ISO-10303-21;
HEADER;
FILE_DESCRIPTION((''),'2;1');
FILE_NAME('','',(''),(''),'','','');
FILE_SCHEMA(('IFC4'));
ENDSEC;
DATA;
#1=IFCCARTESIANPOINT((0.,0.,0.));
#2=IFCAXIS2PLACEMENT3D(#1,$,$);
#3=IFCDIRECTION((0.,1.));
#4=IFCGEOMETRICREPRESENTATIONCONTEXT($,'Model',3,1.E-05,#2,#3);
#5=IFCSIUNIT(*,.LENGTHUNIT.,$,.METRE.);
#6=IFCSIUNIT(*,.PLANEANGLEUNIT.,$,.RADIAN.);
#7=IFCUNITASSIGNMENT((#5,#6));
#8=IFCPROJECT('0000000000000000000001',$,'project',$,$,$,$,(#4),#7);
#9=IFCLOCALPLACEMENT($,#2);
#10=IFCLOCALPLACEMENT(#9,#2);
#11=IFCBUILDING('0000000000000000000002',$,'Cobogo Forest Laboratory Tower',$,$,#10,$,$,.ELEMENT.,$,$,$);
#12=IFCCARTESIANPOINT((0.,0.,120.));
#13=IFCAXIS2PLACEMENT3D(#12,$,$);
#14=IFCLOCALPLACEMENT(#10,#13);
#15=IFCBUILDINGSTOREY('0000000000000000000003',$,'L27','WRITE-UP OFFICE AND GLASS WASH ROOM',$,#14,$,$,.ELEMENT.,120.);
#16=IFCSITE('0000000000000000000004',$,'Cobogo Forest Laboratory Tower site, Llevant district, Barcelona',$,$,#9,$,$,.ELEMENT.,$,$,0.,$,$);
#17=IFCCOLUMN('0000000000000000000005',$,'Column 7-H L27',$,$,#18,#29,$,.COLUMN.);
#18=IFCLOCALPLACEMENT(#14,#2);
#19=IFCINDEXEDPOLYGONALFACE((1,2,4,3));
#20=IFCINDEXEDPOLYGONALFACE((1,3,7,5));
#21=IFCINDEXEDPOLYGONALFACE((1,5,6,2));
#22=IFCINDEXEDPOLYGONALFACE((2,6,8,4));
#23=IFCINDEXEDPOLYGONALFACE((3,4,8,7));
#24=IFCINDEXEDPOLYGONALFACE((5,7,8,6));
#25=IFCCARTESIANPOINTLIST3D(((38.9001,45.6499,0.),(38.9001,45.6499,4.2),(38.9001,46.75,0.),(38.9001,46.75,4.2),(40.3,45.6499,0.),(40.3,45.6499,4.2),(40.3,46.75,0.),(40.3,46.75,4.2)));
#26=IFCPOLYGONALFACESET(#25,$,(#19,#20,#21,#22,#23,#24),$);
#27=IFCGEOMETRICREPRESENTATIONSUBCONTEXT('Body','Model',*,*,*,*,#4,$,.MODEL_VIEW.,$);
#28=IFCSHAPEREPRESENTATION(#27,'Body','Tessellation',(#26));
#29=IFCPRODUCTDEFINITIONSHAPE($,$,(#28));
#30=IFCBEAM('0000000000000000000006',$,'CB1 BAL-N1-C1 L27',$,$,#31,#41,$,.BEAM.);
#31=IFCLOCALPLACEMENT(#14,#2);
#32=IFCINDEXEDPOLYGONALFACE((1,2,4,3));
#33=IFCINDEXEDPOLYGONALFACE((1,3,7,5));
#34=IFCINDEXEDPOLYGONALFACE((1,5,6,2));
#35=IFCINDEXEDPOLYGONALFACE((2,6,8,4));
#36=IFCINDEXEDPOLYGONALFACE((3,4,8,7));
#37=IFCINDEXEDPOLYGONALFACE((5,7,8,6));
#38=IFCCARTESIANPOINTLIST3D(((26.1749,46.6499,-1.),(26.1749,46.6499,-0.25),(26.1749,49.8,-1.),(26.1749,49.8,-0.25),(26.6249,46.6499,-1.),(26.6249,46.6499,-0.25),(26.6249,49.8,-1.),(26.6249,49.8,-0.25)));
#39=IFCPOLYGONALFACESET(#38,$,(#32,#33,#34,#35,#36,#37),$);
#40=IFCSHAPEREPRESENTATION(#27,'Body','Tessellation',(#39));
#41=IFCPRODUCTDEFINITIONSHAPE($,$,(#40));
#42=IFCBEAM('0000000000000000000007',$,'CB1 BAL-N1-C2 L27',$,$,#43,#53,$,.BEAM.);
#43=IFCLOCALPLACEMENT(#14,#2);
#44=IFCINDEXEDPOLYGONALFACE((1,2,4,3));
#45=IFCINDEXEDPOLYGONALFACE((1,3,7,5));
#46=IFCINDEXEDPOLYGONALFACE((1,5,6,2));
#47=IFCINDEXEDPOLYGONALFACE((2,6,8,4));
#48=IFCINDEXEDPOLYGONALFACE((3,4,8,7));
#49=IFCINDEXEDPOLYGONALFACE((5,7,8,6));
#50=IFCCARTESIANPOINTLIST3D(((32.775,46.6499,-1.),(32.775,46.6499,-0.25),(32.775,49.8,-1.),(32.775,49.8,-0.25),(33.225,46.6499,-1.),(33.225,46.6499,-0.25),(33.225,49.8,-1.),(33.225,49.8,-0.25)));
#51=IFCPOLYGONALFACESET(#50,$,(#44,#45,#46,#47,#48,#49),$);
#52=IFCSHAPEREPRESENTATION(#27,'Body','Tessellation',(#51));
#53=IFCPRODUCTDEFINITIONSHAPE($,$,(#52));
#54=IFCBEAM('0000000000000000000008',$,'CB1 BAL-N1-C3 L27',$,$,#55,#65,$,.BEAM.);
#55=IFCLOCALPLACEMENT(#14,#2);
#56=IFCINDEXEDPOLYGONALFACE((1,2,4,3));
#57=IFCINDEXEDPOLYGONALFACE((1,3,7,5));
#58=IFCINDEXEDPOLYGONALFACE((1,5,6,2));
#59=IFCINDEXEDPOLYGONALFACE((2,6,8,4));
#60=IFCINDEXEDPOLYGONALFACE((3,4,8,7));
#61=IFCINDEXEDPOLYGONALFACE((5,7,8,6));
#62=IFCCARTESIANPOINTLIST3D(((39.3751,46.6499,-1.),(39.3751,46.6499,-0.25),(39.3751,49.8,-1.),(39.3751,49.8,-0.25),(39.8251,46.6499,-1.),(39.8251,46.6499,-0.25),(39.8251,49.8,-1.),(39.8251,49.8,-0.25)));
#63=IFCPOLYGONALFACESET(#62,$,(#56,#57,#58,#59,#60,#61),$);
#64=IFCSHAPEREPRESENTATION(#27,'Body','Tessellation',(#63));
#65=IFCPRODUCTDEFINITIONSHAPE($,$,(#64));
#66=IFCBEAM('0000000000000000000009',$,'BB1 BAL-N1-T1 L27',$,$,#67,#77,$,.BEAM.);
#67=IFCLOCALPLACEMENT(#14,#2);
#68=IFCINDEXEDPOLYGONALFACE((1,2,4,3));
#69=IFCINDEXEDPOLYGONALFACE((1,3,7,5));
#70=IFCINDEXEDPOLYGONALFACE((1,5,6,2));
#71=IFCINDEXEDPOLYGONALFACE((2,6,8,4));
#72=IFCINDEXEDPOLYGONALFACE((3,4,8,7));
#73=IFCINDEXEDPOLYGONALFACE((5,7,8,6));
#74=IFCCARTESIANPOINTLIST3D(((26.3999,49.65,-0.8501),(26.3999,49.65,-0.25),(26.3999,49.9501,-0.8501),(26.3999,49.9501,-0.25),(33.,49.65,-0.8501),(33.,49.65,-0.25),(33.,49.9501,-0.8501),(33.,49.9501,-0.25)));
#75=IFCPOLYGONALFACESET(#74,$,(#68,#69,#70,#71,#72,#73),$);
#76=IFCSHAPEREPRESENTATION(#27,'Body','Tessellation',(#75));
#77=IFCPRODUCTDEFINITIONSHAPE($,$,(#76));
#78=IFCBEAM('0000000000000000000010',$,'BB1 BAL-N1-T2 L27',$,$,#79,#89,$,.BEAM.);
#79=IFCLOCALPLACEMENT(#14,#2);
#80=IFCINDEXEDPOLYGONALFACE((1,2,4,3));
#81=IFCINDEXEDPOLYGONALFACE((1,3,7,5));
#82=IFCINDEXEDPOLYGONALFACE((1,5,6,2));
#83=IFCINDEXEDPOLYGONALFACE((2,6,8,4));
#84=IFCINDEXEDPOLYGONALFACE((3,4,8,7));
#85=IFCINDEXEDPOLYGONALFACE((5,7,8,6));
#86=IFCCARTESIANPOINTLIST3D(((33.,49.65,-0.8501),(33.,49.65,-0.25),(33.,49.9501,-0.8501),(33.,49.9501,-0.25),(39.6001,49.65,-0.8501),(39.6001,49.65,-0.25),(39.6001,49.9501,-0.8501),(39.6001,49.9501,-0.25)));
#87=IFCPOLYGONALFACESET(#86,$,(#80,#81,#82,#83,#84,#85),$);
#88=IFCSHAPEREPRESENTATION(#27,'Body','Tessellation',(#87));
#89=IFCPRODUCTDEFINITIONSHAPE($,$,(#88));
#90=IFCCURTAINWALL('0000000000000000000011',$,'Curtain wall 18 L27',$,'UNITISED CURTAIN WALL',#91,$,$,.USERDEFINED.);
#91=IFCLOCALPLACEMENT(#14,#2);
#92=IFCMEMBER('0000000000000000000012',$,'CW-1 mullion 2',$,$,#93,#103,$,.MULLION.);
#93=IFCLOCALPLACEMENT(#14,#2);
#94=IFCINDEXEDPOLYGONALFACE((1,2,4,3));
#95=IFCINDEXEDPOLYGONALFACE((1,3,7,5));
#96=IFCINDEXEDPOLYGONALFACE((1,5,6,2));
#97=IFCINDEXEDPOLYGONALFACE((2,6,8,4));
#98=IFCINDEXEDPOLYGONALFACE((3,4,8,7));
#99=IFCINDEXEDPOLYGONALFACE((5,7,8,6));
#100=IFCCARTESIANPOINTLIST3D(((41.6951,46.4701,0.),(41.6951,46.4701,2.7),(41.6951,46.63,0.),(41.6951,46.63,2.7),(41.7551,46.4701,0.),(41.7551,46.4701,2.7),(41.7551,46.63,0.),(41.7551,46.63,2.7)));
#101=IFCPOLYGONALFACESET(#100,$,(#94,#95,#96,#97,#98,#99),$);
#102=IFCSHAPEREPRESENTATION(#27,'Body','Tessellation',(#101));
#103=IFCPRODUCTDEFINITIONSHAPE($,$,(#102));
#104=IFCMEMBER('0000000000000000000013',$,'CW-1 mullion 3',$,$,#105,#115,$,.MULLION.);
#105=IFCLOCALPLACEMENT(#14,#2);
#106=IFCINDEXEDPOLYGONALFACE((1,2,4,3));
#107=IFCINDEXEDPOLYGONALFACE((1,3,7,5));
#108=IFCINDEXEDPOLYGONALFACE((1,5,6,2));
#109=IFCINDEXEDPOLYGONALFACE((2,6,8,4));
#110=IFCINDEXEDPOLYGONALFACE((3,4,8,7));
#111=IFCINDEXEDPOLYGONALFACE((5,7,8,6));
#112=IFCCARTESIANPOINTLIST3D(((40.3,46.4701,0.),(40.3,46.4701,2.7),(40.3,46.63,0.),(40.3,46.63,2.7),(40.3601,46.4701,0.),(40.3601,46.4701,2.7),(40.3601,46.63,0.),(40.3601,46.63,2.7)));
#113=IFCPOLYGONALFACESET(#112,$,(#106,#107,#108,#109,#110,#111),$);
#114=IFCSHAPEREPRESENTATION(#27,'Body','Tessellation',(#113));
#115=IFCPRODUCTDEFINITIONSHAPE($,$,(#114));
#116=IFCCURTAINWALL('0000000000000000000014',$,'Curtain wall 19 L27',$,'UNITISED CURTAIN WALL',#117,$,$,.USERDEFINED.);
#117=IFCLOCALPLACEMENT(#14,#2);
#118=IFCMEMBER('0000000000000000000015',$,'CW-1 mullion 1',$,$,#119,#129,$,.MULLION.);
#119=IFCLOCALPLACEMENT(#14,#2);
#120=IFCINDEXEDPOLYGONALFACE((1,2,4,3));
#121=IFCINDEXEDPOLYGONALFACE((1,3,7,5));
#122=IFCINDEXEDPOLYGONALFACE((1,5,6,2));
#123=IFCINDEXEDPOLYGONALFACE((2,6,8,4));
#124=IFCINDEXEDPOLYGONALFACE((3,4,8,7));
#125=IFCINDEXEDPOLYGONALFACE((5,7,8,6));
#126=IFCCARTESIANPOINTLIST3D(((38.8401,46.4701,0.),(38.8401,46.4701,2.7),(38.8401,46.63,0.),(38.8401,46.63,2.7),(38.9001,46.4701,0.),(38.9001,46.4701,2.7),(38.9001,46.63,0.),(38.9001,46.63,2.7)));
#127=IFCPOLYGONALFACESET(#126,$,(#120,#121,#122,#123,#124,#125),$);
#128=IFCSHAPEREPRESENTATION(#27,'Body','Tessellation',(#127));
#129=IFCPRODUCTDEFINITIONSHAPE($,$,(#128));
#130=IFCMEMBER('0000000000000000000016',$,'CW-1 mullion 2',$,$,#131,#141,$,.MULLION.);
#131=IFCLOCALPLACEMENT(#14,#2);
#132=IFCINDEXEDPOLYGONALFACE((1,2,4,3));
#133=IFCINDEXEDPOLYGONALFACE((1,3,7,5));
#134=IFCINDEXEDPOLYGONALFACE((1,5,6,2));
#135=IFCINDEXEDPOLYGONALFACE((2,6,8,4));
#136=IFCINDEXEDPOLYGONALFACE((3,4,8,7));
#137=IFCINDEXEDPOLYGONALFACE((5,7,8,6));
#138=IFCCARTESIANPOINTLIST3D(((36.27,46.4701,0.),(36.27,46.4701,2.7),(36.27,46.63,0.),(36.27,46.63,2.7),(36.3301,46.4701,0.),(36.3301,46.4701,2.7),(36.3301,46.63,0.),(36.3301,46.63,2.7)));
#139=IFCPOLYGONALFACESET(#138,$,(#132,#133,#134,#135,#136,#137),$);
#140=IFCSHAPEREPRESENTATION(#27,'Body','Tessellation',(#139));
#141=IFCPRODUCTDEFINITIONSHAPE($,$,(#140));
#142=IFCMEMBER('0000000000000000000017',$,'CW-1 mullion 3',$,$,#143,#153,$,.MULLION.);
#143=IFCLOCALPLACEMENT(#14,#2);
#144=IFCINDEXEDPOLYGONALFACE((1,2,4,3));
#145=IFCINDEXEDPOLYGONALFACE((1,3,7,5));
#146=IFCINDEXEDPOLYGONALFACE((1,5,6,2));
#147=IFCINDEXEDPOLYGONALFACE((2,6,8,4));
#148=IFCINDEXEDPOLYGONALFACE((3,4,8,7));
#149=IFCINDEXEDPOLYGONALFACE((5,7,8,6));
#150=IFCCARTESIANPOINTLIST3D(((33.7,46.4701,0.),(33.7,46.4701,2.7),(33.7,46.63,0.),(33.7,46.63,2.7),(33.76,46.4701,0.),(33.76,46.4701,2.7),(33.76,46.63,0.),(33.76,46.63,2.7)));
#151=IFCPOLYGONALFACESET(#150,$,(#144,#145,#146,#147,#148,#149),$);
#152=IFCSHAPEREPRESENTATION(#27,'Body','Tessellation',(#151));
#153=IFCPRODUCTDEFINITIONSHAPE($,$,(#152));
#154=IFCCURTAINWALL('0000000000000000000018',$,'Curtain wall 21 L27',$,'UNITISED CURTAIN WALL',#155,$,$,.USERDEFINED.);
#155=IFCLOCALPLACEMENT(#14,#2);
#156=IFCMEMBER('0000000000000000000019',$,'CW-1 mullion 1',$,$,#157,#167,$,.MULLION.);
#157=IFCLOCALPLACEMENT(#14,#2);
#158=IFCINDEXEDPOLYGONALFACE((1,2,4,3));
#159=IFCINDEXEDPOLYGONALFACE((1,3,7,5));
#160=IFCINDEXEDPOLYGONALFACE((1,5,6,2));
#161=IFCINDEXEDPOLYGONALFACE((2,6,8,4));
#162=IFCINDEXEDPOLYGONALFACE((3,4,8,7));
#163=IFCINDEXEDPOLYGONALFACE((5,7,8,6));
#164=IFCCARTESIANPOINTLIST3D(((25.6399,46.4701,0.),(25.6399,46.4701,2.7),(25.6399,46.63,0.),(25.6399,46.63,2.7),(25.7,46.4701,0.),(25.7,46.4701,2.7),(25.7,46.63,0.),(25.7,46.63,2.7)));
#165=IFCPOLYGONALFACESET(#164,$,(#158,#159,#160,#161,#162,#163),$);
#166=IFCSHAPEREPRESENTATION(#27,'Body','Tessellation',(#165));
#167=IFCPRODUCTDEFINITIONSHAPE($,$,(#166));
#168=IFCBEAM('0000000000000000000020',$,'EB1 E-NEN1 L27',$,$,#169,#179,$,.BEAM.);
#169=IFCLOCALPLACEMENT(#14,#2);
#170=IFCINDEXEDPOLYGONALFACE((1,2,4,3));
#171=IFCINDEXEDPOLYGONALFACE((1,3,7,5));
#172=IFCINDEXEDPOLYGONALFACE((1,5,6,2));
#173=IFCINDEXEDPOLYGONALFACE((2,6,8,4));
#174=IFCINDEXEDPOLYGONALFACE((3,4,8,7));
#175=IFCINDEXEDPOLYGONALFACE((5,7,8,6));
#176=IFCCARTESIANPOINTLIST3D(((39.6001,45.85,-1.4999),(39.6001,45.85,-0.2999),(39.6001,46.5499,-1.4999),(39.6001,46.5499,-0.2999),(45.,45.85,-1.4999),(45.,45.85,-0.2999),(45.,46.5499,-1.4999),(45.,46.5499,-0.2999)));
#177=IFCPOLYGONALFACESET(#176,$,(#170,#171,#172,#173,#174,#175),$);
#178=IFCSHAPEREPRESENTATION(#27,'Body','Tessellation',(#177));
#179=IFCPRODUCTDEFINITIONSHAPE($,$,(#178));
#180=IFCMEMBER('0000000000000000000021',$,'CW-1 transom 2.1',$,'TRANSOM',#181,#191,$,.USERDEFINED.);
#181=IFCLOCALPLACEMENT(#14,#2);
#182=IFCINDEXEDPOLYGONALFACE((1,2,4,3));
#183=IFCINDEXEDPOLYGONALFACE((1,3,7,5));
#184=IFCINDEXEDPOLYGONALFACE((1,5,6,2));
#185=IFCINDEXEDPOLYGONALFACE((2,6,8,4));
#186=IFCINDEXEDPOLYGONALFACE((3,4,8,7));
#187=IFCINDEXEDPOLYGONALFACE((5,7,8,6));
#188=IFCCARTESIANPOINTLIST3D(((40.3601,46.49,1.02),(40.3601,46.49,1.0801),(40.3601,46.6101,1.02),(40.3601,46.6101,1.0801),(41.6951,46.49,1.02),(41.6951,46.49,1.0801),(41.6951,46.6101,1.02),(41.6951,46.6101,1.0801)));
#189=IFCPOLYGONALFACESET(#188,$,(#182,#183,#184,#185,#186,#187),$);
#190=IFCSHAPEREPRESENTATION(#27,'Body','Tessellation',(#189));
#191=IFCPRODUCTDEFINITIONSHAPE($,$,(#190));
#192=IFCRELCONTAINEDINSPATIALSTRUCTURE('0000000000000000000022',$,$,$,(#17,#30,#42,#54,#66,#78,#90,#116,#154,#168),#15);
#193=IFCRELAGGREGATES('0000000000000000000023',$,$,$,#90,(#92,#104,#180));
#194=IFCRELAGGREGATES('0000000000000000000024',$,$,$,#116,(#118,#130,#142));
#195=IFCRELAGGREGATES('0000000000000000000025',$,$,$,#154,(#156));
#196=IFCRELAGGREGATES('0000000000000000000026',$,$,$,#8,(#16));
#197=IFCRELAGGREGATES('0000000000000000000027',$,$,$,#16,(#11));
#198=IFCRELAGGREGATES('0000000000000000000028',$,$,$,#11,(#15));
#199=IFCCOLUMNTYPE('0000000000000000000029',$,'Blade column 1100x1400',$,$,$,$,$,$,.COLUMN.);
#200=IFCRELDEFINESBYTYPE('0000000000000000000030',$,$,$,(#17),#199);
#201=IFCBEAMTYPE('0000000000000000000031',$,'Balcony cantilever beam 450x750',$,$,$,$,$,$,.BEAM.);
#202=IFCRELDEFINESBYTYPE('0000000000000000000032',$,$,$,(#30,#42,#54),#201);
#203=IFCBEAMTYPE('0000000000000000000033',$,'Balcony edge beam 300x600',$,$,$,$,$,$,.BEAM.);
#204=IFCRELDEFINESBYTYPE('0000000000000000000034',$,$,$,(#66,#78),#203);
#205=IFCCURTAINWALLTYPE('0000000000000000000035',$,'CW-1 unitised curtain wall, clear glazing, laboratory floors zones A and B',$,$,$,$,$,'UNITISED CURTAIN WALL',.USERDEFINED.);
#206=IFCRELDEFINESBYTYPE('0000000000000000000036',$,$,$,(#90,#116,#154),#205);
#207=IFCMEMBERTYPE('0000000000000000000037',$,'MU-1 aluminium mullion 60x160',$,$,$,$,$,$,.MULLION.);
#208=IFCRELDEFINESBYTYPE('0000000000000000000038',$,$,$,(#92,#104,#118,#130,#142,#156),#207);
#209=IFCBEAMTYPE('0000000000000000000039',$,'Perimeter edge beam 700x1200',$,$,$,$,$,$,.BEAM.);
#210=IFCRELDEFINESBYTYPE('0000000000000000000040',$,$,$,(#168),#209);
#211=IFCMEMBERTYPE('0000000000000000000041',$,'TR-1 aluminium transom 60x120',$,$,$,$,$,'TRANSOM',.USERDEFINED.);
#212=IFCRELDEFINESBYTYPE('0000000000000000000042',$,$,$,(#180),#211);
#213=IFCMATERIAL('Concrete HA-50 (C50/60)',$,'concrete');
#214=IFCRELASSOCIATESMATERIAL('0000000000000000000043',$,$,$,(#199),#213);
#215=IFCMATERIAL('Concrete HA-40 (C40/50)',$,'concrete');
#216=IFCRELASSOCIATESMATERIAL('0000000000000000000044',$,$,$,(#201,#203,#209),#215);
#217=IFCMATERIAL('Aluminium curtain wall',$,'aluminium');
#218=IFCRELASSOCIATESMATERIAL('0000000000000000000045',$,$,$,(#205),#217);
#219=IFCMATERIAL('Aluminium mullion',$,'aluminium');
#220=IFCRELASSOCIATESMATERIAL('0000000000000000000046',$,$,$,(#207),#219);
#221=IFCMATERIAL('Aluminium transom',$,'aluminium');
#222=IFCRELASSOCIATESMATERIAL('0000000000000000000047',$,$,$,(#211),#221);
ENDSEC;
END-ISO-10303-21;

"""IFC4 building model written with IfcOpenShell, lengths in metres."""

from ifc_helpers import new_model, si_unit, direction, frame, origin, origin_2d, place, context, subcontext, project, spatial, rectangle, extrude, material, material_profile, profile_set, type_object, element, aggregate, save


model = new_model("IFC4")

# Units and contexts
model_context = context("Model", 3, precision=1e-05, world=origin(), true_north=direction((0.0, 1.0)))
body_context = subcontext(model_context, "Body", "Model", "MODEL_VIEW")
ifc_project = project(units=[si_unit("LENGTHUNIT", "METRE"), si_unit("PLANEANGLEUNIT", "RADIAN")], contexts=[model_context])

# Site, building, storey
site_placement = place(None, origin())
site = spatial("IfcSite", under=ifc_project, at=site_placement, Name="Cobogo Forest Laboratory Tower site, Llevant district, Barcelona", CompositionType="ELEMENT", RefElevation=0.0)
building_placement = place(site_placement, origin())
building = spatial("IfcBuilding", under=site, at=building_placement, Name="Cobogo Forest Laboratory Tower", CompositionType="ELEMENT")
storey_placement = place(building_placement, frame((0.0, 0.0, 120.0)))
storey = spatial("IfcBuildingStorey", under=building, at=storey_placement, Name="L27", Description="WRITE-UP OFFICE AND GLASS WASH ROOM", CompositionType="ELEMENT", Elevation=120.0)

# Column
ifc_material_1 = material(Name="Concrete HA-50 (C50/60)", Category="concrete")
ifc_material_profile_1 = material_profile(ifc_material_1, rectangle(XDim=1.3999, YDim=1.1001, at=origin_2d()), Name="RC 1100x1400")
ifc_profile_set_1 = profile_set([ifc_material_profile_1], Name="Concrete HA-50 (C50/60)")
column_type = type_object("IfcColumnType", Name="Blade column 1100x1400", PredefinedType="COLUMN", material=ifc_profile_set_1)
column_placement = place(storey_placement, frame((39.6001, 46.2, 0.0), z_axis=(0.0, 0.0, 1.0), x_axis=(1.0, 0.0, 0.0)))
element("IfcColumn", 1, at=column_placement, inside=storey, type_object=column_type, Name="Column 7-H L27", PredefinedType="COLUMN", context=body_context, shape_type="SweptSolid", body=[
    extrude(rectangle(XDim=1.3999, YDim=1.1001, at=origin_2d()), origin(), (0.0, 0.0, 1.0), 4.2),
])

# Beams
ifc_material_2 = material(Name="Concrete HA-40 (C40/50)", Category="concrete")
ifc_material_profile_2 = material_profile(ifc_material_2, rectangle(XDim=0.45, YDim=0.75, at=origin_2d()), Name="RC 450x750")
ifc_profile_set_2 = profile_set([ifc_material_profile_2], Name="Concrete HA-40 (C40/50)")
beam_type_1 = type_object("IfcBeamType", Name="Balcony cantilever beam 450x750", PredefinedType="BEAM", material=ifc_profile_set_2)
for number, where, z_axis, x_axis, name in (
    (2, (26.3999, 46.6499, -0.625), (0.0, 1.0, 0.0), (-1.0, 0.0, 0.0), "CB1 BAL-N1-C1 L27"),
    (3, (33.0, 46.6499, -0.625), (0.0, 1.0, 0.0), (-1.0, 0.0, 0.0), "CB1 BAL-N1-C2 L27"),
    (4, (39.6001, 46.6499, -0.625), (0.0, 1.0, 0.0), (-1.0, 0.0, 0.0), "CB1 BAL-N1-C3 L27"),
):
    element("IfcBeam", number, at=place(storey_placement, frame(where, z_axis=z_axis, x_axis=x_axis)), inside=storey, type_object=beam_type_1, Name=name, PredefinedType="BEAM", context=body_context, shape_type="SweptSolid", body=[
        extrude(rectangle(XDim=0.45, YDim=0.75, at=origin_2d()), origin(), (0.0, 0.0, 1.0), 3.1501),
    ])
ifc_material_profile_3 = material_profile(ifc_material_2, rectangle(XDim=0.3, YDim=0.6001, at=origin_2d()), Name="RC 300x600")
ifc_profile_set_3 = profile_set([ifc_material_profile_3], Name="Concrete HA-40 (C40/50)")
beam_type_2 = type_object("IfcBeamType", Name="Balcony edge beam 300x600", PredefinedType="BEAM", material=ifc_profile_set_3)
for number, where, z_axis, x_axis, name in (
    (5, (26.3999, 49.8, -0.55), (1.0, 0.0, 0.0), (0.0, 1.0, 0.0), "BB1 BAL-N1-T1 L27"),
    (6, (33.0, 49.8, -0.55), (1.0, 0.0, 0.0), (0.0, 1.0, 0.0), "BB1 BAL-N1-T2 L27"),
):
    element("IfcBeam", number, at=place(storey_placement, frame(where, z_axis=z_axis, x_axis=x_axis)), inside=storey, type_object=beam_type_2, Name=name, PredefinedType="BEAM", context=body_context, shape_type="SweptSolid", body=[
        extrude(rectangle(XDim=0.3, YDim=0.6001, at=origin_2d()), origin(), (0.0, 0.0, 1.0), 6.6001),
    ])

# Curtain walls, members
ifc_material_3 = material(Name="Aluminium curtain wall", Category="aluminium")
curtain_wall_type = type_object("IfcCurtainWallType", Name="CW-1 unitised curtain wall, clear glazing, laboratory floors zones A and B", ElementType="UNITISED CURTAIN WALL", PredefinedType="USERDEFINED", material=ifc_material_3)
curtain_wall_1_placement = place(storey_placement, origin())
curtain_wall_1 = element("IfcCurtainWall", 7, at=curtain_wall_1_placement, inside=storey, type_object=curtain_wall_type, Name="Curtain wall 18 L27", ObjectType="UNITISED CURTAIN WALL", PredefinedType="USERDEFINED")
ifc_material_4 = material(Name="Aluminium mullion", Category="aluminium")
ifc_material_profile_4 = material_profile(ifc_material_4, rectangle(XDim=0.0601, YDim=0.1599, at=origin_2d()), Name="AL 60x160")
ifc_profile_set_4 = profile_set([ifc_material_profile_4], Name="Aluminium mullion")
member_type_1 = type_object("IfcMemberType", Name="MU-1 aluminium mullion 60x160", PredefinedType="MULLION", material=ifc_profile_set_4)
member_1_placement = place(storey_placement, frame((41.7251, 46.55, 0.0), z_axis=(0.0, 0.0, 1.0), x_axis=(-1.0, 0.0, 0.0)))
member_1 = element("IfcMember", 8, at=member_1_placement, type_object=member_type_1, Name="CW-1 mullion 2", PredefinedType="MULLION", context=body_context, shape_type="SweptSolid", body=[
    extrude(rectangle(XDim=0.0601, YDim=0.1599, at=origin_2d()), origin(), (0.0, 0.0, 1.0), 2.7),
])
member_2_placement = place(storey_placement, frame((40.3301, 46.55, 0.0), z_axis=(0.0, 0.0, 1.0), x_axis=(-1.0, 0.0, 0.0)))
member_2 = element("IfcMember", 9, at=member_2_placement, type_object=member_type_1, Name="CW-1 mullion 3", PredefinedType="MULLION", context=body_context, shape_type="SweptSolid", body=[
    extrude(rectangle(XDim=0.0601, YDim=0.1599, at=origin_2d()), origin(), (0.0, 0.0, 1.0), 2.7),
])
curtain_wall_2_placement = place(storey_placement, origin())
curtain_wall_2 = element("IfcCurtainWall", 10, at=curtain_wall_2_placement, inside=storey, type_object=curtain_wall_type, Name="Curtain wall 19 L27", ObjectType="UNITISED CURTAIN WALL", PredefinedType="USERDEFINED")
member_3_placement = place(storey_placement, frame((38.8701, 46.55, 0.0), z_axis=(0.0, 0.0, 1.0), x_axis=(-1.0, 0.0, 0.0)))
member_3 = element("IfcMember", 11, at=member_3_placement, type_object=member_type_1, Name="CW-1 mullion 1", PredefinedType="MULLION", context=body_context, shape_type="SweptSolid", body=[
    extrude(rectangle(XDim=0.0601, YDim=0.1599, at=origin_2d()), origin(), (0.0, 0.0, 1.0), 2.7),
])
member_4_placement = place(storey_placement, frame((36.3, 46.55, 0.0), z_axis=(0.0, 0.0, 1.0), x_axis=(-1.0, 0.0, 0.0)))
member_4 = element("IfcMember", 12, at=member_4_placement, type_object=member_type_1, Name="CW-1 mullion 2", PredefinedType="MULLION", context=body_context, shape_type="SweptSolid", body=[
    extrude(rectangle(XDim=0.0601, YDim=0.1599, at=origin_2d()), origin(), (0.0, 0.0, 1.0), 2.7),
])
member_5_placement = place(storey_placement, frame((33.73, 46.55, 0.0), z_axis=(0.0, 0.0, 1.0), x_axis=(-1.0, 0.0, 0.0)))
member_5 = element("IfcMember", 13, at=member_5_placement, type_object=member_type_1, Name="CW-1 mullion 3", PredefinedType="MULLION", context=body_context, shape_type="SweptSolid", body=[
    extrude(rectangle(XDim=0.0601, YDim=0.1599, at=origin_2d()), origin(), (0.0, 0.0, 1.0), 2.7),
])

# Curtain wall, member
curtain_wall_3_placement = place(storey_placement, origin())
curtain_wall_3 = element("IfcCurtainWall", 14, at=curtain_wall_3_placement, inside=storey, type_object=curtain_wall_type, Name="Curtain wall 21 L27", ObjectType="UNITISED CURTAIN WALL", PredefinedType="USERDEFINED")
member_6_placement = place(storey_placement, frame((25.6699, 46.55, 0.0), z_axis=(0.0, 0.0, 1.0), x_axis=(-1.0, 0.0, 0.0)))
member_6 = element("IfcMember", 15, at=member_6_placement, type_object=member_type_1, Name="CW-1 mullion 1", PredefinedType="MULLION", context=body_context, shape_type="SweptSolid", body=[
    extrude(rectangle(XDim=0.0601, YDim=0.1599, at=origin_2d()), origin(), (0.0, 0.0, 1.0), 2.7),
])

# Beam
ifc_material_profile_5 = material_profile(ifc_material_2, rectangle(XDim=0.7, YDim=1.2, at=origin_2d()), Name="RC 700x1200")
ifc_profile_set_5 = profile_set([ifc_material_profile_5], Name="Concrete HA-40 (C40/50)")
beam_type_3 = type_object("IfcBeamType", Name="Perimeter edge beam 700x1200", PredefinedType="BEAM", material=ifc_profile_set_5)
beam_placement = place(storey_placement, frame((39.6001, 46.2, -0.8999), z_axis=(1.0, 0.0, 0.0), x_axis=(0.0, 1.0, 0.0)))
element("IfcBeam", 16, at=beam_placement, inside=storey, type_object=beam_type_3, Name="EB1 E-NEN1 L27", PredefinedType="BEAM", context=body_context, shape_type="SweptSolid", body=[
    extrude(rectangle(XDim=0.7, YDim=1.2, at=origin_2d()), origin(), (0.0, 0.0, 1.0), 5.3999),
])

# Member
ifc_material_5 = material(Name="Aluminium transom", Category="aluminium")
ifc_material_profile_6 = material_profile(ifc_material_5, rectangle(XDim=0.1201, YDim=0.0601, at=origin_2d()), Name="AL 60x120")
ifc_profile_set_6 = profile_set([ifc_material_profile_6], Name="Aluminium transom")
member_type_2 = type_object("IfcMemberType", Name="TR-1 aluminium transom 60x120", ElementType="TRANSOM", PredefinedType="USERDEFINED", material=ifc_profile_set_6)
member_7_placement = place(storey_placement, frame((41.6951, 46.55, 1.05), z_axis=(-1.0, 0.0, 0.0), x_axis=(0.0, -1.0, 0.0)))
member_7 = element("IfcMember", 17, at=member_7_placement, type_object=member_type_2, Name="CW-1 transom 2.1", ObjectType="TRANSOM", PredefinedType="USERDEFINED", context=body_context, shape_type="SweptSolid", body=[
    extrude(rectangle(XDim=0.1201, YDim=0.0601, at=origin_2d()), origin(), (0.0, 0.0, 1.0), 1.335),
])

aggregate(curtain_wall_1, [member_1, member_2, member_7])
aggregate(curtain_wall_2, [member_3, member_4, member_5])
aggregate(curtain_wall_3, [member_6])

save(model, "model.ifc")
